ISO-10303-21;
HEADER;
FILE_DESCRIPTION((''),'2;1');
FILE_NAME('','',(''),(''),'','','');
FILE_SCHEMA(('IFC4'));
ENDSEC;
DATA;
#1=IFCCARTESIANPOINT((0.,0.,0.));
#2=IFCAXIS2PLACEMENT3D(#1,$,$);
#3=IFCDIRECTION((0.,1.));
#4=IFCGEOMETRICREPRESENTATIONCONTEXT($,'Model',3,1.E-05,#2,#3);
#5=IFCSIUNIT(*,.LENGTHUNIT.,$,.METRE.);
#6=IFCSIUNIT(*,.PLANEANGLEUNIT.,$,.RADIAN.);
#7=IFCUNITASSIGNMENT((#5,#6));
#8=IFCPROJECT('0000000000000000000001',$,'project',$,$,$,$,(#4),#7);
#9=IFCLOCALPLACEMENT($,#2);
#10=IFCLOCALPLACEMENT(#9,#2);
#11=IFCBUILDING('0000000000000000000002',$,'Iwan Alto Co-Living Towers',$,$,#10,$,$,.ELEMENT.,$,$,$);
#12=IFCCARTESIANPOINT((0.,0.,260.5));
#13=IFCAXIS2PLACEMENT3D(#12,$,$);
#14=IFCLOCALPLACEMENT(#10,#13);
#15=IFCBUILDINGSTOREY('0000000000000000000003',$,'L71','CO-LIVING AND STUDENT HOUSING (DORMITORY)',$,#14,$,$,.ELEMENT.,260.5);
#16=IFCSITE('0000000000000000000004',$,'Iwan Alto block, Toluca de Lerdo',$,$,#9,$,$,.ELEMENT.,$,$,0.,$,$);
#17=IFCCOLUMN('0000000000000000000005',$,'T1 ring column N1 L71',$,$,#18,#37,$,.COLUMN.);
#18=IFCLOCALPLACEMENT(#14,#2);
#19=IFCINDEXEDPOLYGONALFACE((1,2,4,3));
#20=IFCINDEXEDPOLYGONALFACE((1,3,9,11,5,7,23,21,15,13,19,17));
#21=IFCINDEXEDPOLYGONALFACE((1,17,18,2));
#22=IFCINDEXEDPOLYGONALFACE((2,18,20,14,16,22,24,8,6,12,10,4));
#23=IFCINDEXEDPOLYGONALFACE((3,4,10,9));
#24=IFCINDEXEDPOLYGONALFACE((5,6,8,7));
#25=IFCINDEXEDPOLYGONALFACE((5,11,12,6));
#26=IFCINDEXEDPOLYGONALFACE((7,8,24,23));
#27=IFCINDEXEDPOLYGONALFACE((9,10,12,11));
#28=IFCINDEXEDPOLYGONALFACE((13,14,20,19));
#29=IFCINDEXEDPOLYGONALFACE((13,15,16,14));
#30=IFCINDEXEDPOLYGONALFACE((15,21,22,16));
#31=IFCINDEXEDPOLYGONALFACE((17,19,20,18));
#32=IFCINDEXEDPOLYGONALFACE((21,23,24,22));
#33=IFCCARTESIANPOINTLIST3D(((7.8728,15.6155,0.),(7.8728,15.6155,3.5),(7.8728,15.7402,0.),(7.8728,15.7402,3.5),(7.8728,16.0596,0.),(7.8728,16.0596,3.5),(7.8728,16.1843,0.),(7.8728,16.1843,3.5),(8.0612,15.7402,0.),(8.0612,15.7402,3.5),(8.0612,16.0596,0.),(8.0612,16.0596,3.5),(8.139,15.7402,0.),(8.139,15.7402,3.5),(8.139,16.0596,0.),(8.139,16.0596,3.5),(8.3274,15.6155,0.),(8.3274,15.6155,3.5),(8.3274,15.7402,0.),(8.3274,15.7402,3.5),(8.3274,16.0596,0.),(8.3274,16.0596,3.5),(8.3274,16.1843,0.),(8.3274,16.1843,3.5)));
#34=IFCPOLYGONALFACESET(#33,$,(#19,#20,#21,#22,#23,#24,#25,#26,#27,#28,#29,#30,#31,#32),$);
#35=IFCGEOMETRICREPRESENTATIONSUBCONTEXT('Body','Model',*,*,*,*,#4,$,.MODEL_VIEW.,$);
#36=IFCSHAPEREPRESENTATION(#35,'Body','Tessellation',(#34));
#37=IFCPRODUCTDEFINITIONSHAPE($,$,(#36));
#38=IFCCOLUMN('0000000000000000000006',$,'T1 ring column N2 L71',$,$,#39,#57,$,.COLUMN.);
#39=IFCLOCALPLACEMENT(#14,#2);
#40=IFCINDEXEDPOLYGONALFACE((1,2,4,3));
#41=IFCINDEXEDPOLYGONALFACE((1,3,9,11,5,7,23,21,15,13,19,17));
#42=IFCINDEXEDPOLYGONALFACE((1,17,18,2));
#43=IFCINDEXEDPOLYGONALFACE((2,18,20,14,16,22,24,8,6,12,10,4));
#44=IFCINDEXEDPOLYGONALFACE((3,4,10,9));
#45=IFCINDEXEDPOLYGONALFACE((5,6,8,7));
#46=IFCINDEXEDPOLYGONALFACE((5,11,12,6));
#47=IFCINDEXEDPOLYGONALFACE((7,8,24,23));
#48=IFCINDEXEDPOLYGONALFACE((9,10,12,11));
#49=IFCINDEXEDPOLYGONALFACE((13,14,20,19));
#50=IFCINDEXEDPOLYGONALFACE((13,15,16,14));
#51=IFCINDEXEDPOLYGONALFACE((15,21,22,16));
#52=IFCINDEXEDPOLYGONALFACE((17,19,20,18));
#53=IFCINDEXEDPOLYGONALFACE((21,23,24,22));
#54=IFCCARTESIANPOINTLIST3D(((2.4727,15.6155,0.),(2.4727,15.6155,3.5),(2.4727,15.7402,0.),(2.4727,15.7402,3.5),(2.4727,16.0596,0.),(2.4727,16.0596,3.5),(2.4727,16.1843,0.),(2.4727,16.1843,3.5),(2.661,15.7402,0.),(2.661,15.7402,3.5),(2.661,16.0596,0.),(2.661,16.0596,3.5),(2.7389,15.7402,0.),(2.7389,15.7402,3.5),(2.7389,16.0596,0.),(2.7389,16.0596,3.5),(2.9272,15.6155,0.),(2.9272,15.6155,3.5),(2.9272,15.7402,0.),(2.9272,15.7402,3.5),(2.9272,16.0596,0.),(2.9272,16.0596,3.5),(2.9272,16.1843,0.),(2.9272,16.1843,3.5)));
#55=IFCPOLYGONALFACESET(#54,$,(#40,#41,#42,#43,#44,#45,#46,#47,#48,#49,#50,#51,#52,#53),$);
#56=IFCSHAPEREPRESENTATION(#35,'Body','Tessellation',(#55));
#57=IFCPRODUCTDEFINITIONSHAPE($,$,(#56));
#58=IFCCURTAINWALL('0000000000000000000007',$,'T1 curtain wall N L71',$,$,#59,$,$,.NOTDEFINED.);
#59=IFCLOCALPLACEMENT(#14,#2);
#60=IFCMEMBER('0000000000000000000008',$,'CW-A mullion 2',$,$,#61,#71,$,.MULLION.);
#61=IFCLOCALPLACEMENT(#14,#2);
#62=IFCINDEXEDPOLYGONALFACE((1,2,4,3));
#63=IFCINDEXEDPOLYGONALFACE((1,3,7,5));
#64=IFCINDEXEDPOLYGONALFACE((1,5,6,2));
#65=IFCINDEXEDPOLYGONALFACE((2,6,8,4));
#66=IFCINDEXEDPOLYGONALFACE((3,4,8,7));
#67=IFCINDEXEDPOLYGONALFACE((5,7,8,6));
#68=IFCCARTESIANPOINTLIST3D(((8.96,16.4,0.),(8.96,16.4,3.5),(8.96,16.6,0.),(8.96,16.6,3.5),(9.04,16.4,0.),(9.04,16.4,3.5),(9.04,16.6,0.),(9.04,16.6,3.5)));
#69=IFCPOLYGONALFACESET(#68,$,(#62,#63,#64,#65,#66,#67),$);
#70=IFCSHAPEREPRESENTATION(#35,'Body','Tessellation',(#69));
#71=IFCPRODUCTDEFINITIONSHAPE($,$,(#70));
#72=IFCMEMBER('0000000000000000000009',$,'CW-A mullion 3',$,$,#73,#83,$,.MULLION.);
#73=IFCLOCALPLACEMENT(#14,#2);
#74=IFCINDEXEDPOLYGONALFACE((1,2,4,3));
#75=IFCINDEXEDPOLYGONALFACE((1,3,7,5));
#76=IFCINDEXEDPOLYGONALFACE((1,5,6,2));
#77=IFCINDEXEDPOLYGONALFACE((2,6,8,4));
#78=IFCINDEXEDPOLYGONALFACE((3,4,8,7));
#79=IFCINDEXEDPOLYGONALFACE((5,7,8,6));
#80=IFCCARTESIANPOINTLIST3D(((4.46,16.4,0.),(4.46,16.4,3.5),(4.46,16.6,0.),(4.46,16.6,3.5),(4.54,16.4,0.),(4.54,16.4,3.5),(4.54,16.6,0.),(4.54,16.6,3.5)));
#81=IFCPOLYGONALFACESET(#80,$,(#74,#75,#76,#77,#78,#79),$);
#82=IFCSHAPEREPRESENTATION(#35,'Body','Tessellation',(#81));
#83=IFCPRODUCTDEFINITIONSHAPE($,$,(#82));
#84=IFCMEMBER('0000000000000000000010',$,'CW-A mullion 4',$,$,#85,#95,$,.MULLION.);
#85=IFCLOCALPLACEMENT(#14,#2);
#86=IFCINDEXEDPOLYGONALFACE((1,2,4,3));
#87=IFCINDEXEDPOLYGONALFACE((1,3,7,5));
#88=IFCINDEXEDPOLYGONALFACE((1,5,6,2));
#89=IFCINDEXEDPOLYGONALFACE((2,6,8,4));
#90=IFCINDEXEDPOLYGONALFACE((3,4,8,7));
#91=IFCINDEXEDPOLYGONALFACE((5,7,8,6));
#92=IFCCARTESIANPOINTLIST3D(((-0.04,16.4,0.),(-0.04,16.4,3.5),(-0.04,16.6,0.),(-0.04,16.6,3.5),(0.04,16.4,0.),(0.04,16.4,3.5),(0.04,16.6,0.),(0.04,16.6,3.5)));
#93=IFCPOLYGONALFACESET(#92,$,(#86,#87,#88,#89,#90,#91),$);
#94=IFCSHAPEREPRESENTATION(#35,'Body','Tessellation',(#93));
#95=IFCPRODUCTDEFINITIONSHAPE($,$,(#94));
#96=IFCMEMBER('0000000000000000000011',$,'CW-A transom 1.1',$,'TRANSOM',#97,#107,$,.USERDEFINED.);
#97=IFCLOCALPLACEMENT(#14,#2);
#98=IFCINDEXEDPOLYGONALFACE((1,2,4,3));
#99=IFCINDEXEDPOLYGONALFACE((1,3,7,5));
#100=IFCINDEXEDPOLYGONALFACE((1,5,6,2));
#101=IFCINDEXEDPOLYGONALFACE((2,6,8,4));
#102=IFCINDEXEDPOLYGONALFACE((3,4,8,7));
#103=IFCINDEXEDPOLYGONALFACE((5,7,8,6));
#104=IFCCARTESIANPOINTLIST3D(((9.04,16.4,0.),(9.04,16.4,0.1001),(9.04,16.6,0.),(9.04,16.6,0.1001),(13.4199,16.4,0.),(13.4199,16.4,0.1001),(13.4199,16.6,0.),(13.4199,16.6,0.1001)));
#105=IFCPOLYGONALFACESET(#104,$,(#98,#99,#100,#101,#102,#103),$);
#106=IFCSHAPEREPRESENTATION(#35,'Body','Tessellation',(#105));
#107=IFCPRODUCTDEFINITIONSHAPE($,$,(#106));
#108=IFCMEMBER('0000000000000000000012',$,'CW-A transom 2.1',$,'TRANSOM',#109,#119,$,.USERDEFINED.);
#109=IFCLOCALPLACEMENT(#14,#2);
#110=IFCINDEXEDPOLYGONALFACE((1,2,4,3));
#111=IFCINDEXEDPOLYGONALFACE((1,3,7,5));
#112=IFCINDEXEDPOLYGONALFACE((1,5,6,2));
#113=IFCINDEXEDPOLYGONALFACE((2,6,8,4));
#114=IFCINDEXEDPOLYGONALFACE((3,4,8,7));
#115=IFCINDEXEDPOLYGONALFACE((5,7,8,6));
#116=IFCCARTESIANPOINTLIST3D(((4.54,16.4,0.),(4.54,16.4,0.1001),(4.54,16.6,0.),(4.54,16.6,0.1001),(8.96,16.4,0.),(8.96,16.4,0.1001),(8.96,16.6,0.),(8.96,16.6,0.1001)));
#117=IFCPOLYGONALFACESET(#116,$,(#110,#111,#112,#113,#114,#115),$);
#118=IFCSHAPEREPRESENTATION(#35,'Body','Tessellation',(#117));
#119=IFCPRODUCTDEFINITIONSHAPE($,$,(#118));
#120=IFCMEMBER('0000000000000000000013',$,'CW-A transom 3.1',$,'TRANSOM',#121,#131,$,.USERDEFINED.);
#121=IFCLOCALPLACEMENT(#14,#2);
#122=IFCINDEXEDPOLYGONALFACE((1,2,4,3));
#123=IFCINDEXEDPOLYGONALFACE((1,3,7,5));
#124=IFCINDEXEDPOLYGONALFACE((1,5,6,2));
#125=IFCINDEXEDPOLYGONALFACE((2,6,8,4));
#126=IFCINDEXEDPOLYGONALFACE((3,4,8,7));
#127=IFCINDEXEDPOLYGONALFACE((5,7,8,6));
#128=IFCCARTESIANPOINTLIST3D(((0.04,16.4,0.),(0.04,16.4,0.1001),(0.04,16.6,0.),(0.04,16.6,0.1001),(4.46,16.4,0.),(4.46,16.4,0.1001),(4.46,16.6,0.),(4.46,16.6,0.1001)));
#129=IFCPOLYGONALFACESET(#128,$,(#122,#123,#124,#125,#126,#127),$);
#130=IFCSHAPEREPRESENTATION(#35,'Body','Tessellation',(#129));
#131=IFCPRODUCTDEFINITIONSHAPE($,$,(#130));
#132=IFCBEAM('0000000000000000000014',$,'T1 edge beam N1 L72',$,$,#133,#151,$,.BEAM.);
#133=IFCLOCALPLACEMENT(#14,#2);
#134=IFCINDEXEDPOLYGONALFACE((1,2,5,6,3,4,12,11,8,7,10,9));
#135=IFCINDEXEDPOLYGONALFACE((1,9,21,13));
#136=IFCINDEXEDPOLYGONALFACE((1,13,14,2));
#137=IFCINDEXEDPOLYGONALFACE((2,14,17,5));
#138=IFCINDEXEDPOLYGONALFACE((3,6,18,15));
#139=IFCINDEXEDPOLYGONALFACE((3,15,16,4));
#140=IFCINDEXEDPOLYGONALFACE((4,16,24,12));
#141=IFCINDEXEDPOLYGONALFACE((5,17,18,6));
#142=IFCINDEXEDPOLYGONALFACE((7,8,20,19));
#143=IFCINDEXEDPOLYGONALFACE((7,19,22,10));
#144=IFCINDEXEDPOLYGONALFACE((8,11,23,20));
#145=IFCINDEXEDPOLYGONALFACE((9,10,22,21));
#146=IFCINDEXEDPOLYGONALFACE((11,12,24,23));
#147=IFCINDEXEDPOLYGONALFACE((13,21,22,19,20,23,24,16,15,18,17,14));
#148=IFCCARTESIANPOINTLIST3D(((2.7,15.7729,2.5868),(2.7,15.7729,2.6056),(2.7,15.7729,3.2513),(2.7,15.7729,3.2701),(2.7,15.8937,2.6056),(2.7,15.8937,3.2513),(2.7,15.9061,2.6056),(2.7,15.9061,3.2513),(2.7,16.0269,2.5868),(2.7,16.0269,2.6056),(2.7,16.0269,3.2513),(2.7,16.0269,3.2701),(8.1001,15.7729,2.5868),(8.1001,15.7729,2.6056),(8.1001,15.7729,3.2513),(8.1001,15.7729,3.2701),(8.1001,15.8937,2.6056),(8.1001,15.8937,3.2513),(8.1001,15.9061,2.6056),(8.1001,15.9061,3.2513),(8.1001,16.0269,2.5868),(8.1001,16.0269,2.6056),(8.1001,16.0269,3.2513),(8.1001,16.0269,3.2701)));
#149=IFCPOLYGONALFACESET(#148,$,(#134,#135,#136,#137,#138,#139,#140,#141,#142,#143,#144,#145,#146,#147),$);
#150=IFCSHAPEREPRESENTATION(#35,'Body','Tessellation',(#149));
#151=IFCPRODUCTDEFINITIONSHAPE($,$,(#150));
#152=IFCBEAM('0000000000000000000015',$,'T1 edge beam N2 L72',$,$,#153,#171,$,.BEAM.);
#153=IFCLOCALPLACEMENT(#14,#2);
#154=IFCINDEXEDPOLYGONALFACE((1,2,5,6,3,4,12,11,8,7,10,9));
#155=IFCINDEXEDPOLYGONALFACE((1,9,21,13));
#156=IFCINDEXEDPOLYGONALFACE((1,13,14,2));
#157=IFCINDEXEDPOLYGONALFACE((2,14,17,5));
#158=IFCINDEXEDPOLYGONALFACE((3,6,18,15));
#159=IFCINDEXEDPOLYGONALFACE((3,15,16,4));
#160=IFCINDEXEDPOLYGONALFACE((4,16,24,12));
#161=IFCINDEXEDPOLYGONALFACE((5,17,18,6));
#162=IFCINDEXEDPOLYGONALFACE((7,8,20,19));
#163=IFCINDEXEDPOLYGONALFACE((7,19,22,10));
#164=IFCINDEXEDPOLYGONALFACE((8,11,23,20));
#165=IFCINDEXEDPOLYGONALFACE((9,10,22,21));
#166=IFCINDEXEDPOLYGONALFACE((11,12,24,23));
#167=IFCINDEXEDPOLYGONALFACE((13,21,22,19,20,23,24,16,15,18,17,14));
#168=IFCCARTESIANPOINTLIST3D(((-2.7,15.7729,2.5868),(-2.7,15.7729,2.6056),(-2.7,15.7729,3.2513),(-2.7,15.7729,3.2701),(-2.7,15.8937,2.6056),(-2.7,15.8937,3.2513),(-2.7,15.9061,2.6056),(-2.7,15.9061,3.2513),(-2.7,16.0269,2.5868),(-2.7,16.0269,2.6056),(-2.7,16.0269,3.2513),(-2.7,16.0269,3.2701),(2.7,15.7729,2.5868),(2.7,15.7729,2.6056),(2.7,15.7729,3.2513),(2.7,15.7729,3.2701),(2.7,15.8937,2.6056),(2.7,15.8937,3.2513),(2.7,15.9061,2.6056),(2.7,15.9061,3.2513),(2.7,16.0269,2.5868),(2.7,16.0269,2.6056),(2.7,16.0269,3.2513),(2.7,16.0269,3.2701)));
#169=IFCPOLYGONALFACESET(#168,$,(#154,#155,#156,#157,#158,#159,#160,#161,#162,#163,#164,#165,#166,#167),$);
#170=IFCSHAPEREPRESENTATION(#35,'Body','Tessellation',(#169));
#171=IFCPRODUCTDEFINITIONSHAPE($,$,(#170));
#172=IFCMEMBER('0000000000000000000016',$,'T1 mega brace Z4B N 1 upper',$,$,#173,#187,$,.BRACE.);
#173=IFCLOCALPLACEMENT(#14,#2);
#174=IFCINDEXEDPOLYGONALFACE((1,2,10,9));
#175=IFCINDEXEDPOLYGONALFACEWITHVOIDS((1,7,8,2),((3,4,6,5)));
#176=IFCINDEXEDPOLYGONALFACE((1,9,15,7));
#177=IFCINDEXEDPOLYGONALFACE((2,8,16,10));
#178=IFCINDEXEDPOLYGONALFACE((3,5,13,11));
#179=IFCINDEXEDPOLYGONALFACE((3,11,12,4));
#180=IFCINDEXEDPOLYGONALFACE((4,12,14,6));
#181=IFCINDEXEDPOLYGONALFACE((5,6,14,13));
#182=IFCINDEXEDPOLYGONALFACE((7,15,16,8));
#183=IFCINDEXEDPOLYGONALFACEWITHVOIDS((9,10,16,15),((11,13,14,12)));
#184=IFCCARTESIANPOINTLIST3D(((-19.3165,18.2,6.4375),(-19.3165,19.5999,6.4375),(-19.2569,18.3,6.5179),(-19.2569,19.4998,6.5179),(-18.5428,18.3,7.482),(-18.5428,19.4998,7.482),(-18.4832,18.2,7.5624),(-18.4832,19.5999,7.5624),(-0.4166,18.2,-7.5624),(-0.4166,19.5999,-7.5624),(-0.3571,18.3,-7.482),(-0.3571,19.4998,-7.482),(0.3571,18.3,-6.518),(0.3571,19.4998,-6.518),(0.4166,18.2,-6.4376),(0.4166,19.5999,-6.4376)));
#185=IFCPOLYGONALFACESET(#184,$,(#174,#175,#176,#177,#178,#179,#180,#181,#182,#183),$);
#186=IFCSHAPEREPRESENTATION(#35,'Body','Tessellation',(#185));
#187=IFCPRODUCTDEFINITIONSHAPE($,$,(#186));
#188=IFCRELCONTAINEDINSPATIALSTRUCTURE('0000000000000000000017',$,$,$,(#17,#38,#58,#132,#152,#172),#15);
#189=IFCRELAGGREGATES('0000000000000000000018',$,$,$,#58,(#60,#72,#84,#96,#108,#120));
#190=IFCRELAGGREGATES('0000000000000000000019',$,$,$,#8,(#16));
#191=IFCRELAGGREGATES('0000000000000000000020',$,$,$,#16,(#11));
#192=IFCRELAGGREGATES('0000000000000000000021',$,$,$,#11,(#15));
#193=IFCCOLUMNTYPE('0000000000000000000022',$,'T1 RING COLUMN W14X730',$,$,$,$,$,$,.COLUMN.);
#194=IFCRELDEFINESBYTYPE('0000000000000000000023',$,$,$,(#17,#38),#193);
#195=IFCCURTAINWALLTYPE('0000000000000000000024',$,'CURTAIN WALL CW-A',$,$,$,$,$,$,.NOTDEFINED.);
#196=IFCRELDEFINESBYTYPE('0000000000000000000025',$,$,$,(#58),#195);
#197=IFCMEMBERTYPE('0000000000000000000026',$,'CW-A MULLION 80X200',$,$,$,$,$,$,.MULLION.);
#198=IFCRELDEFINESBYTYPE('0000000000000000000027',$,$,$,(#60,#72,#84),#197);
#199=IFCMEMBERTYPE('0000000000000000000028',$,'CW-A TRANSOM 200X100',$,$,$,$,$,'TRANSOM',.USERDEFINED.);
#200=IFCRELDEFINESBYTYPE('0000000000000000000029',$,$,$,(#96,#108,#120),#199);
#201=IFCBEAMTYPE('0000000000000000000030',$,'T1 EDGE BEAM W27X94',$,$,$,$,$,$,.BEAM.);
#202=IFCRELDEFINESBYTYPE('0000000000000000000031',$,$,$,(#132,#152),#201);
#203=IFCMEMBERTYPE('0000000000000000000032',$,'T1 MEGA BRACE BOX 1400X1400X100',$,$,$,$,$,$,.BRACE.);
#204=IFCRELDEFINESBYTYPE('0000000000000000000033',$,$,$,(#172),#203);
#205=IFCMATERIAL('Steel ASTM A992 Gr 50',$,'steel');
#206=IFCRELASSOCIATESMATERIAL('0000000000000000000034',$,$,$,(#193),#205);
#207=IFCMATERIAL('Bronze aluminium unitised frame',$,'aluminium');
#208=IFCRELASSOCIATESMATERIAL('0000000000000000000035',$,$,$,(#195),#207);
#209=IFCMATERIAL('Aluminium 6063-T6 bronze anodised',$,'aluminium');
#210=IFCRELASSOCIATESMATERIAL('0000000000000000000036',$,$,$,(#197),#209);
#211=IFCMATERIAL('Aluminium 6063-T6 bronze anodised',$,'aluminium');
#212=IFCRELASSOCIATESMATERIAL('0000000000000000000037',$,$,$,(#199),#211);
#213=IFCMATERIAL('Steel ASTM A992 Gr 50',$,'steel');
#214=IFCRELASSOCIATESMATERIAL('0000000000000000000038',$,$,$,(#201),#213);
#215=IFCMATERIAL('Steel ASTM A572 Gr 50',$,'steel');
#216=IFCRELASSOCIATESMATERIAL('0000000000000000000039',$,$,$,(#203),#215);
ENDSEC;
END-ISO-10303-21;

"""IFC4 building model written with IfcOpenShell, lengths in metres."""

from ifc_helpers import new_model, si_unit, direction, frame, origin, origin_2d, place, context, subcontext, project, spatial, rectangle, hollow_rectangle, i_section, extrude, material, material_profile, profile_set, type_object, element, aggregate, save


model = new_model("IFC4")

# Units and contexts
model_context = context("Model", 3, precision=1e-05, world=origin(), true_north=direction((0.0, 1.0)))
body_context = subcontext(model_context, "Body", "Model", "MODEL_VIEW")
ifc_project = project(units=[si_unit("LENGTHUNIT", "METRE"), si_unit("PLANEANGLEUNIT", "RADIAN")], contexts=[model_context])

# Site, building, storey
site_placement = place(None, origin())
site = spatial("IfcSite", under=ifc_project, at=site_placement, Name="Iwan Alto block, Toluca de Lerdo", CompositionType="ELEMENT", RefElevation=0.0)
building_placement = place(site_placement, origin())
building = spatial("IfcBuilding", under=site, at=building_placement, Name="Iwan Alto Co-Living Towers", CompositionType="ELEMENT")
storey_placement = place(building_placement, frame((0.0, 0.0, 260.5)))
storey = spatial("IfcBuildingStorey", under=building, at=storey_placement, Name="L71", Description="CO-LIVING AND STUDENT HOUSING (DORMITORY)", CompositionType="ELEMENT", Elevation=260.5)

# Columns
ifc_material_1 = material(Name="Steel ASTM A992 Gr 50", Category="steel")
ifc_material_profile_1 = material_profile(ifc_material_1, i_section(OverallWidth=0.4546, OverallDepth=0.5688, WebThickness=0.0779, FlangeThickness=0.1248, at=origin_2d()), Name="W14X730")
ifc_profile_set_1 = profile_set([ifc_material_profile_1], Name="Steel ASTM A992 Gr 50")
column_type = type_object("IfcColumnType", Name="T1 RING COLUMN W14X730", PredefinedType="COLUMN", material=ifc_profile_set_1)
for number, where, z_axis, x_axis, name in (
    (1, (8.1001, 15.8999, 0.0), (0.0, 0.0, 1.0), (1.0, 0.0, 0.0), "T1 ring column N1 L71"),
    (2, (2.7, 15.8999, 0.0), (0.0, 0.0, 1.0), (1.0, 0.0, 0.0), "T1 ring column N2 L71"),
):
    element("IfcColumn", number, at=place(storey_placement, frame(where, z_axis=z_axis, x_axis=x_axis)), inside=storey, type_object=column_type, Name=name, PredefinedType="COLUMN", context=body_context, shape_type="SweptSolid", body=[
        extrude(i_section(OverallWidth=0.4546, OverallDepth=0.5688, WebThickness=0.0779, FlangeThickness=0.1248, at=origin_2d()), origin(), (0.0, 0.0, 1.0), 3.5),
    ])

# Curtain wall, members
ifc_material_2 = material(Name="Bronze aluminium unitised frame", Category="aluminium")
curtain_wall_type = type_object("IfcCurtainWallType", Name="CURTAIN WALL CW-A", PredefinedType="NOTDEFINED", material=ifc_material_2)
curtain_wall_placement = place(storey_placement, origin())
curtain_wall = element("IfcCurtainWall", 3, at=curtain_wall_placement, inside=storey, type_object=curtain_wall_type, Name="T1 curtain wall N L71", PredefinedType="NOTDEFINED")
ifc_material_3 = material(Name="Aluminium 6063-T6 bronze anodised", Category="aluminium")
ifc_material_profile_2 = material_profile(ifc_material_3, rectangle(XDim=0.2, YDim=0.0801, at=origin_2d()), Name="AL 80X200")
ifc_profile_set_2 = profile_set([ifc_material_profile_2], Name="Aluminium 6063-T6 bronze anodised")
member_type_1 = type_object("IfcMemberType", Name="CW-A MULLION 80X200", PredefinedType="MULLION", material=ifc_profile_set_2)
member_1_placement = place(storey_placement, frame((9.0, 16.5, 0.0), z_axis=(0.0, 0.0, 1.0), x_axis=(0.0, -1.0, 0.0)))
member_1 = element("IfcMember", 4, at=member_1_placement, type_object=member_type_1, Name="CW-A mullion 2", PredefinedType="MULLION", context=body_context, shape_type="SweptSolid", body=[
    extrude(rectangle(XDim=0.2, YDim=0.0801, at=origin_2d()), origin(), (0.0, 0.0, 1.0), 3.5),
])
member_2_placement = place(storey_placement, frame((4.5, 16.5, 0.0), z_axis=(0.0, 0.0, 1.0), x_axis=(0.0, -1.0, 0.0)))
member_2 = element("IfcMember", 5, at=member_2_placement, type_object=member_type_1, Name="CW-A mullion 3", PredefinedType="MULLION", context=body_context, shape_type="SweptSolid", body=[
    extrude(rectangle(XDim=0.2, YDim=0.0801, at=origin_2d()), origin(), (0.0, 0.0, 1.0), 3.5),
])
member_3_placement = place(storey_placement, frame((0.0, 16.5, 0.0), z_axis=(0.0, 0.0, 1.0), x_axis=(0.0, -1.0, 0.0)))
member_3 = element("IfcMember", 6, at=member_3_placement, type_object=member_type_1, Name="CW-A mullion 4", PredefinedType="MULLION", context=body_context, shape_type="SweptSolid", body=[
    extrude(rectangle(XDim=0.2, YDim=0.0801, at=origin_2d()), origin(), (0.0, 0.0, 1.0), 3.5),
])
ifc_material_4 = material(Name="Aluminium 6063-T6 bronze anodised", Category="aluminium")
ifc_material_profile_3 = material_profile(ifc_material_4, rectangle(XDim=0.2, YDim=0.1001, at=origin_2d()), Name="AL 200X100")
ifc_profile_set_3 = profile_set([ifc_material_profile_3], Name="Aluminium 6063-T6 bronze anodised")
member_type_2 = type_object("IfcMemberType", Name="CW-A TRANSOM 200X100", ElementType="TRANSOM", PredefinedType="USERDEFINED", material=ifc_profile_set_3)
member_4_placement = place(storey_placement, frame((13.4199, 16.5, 0.05), z_axis=(-1.0, 0.0, 0.0), x_axis=(0.0, -1.0, 0.0)))
member_4 = element("IfcMember", 7, at=member_4_placement, type_object=member_type_2, Name="CW-A transom 1.1", ObjectType="TRANSOM", PredefinedType="USERDEFINED", context=body_context, shape_type="SweptSolid", body=[
    extrude(rectangle(XDim=0.2, YDim=0.1001, at=origin_2d()), origin(), (0.0, 0.0, 1.0), 4.3799),
])
member_5_placement = place(storey_placement, frame((8.96, 16.5, 0.05), z_axis=(-1.0, 0.0, 0.0), x_axis=(0.0, -1.0, 0.0)))
member_5 = element("IfcMember", 8, at=member_5_placement, type_object=member_type_2, Name="CW-A transom 2.1", ObjectType="TRANSOM", PredefinedType="USERDEFINED", context=body_context, shape_type="SweptSolid", body=[
    extrude(rectangle(XDim=0.2, YDim=0.1001, at=origin_2d()), origin(), (0.0, 0.0, 1.0), 4.4199),
])
member_6_placement = place(storey_placement, frame((4.46, 16.5, 0.05), z_axis=(-1.0, 0.0, 0.0), x_axis=(0.0, -1.0, 0.0)))
member_6 = element("IfcMember", 9, at=member_6_placement, type_object=member_type_2, Name="CW-A transom 3.1", ObjectType="TRANSOM", PredefinedType="USERDEFINED", context=body_context, shape_type="SweptSolid", body=[
    extrude(rectangle(XDim=0.2, YDim=0.1001, at=origin_2d()), origin(), (0.0, 0.0, 1.0), 4.4199),
])

# Beams
ifc_material_5 = material(Name="Steel ASTM A992 Gr 50", Category="steel")
ifc_material_profile_4 = material_profile(ifc_material_5, i_section(OverallWidth=0.2539, OverallDepth=0.6833, WebThickness=0.0125, FlangeThickness=0.0188, at=origin_2d()), Name="W27X94")
ifc_profile_set_4 = profile_set([ifc_material_profile_4], Name="Steel ASTM A992 Gr 50")
beam_type_1 = type_object("IfcBeamType", Name="T1 EDGE BEAM W27X94", PredefinedType="BEAM", material=ifc_profile_set_4)
beam_1_placement = place(storey_placement, frame((8.1001, 15.8999, 2.9285), z_axis=(-1.0, 0.0, 0.0), x_axis=(0.0, -1.0, 0.0)))
element("IfcBeam", 10, at=beam_1_placement, inside=storey, type_object=beam_type_1, Name="T1 edge beam N1 L72", PredefinedType="BEAM", context=body_context, shape_type="SweptSolid", body=[
    extrude(i_section(OverallWidth=0.2539, OverallDepth=0.6833, WebThickness=0.0125, FlangeThickness=0.0188, at=origin_2d()), origin(), (0.0, 0.0, 1.0), 5.4001),
])
beam_2_placement = place(storey_placement, frame((2.7, 15.8999, 2.9285), z_axis=(-1.0, 0.0, 0.0), x_axis=(0.0, -1.0, 0.0)))
element("IfcBeam", 11, at=beam_2_placement, inside=storey, type_object=beam_type_1, Name="T1 edge beam N2 L72", PredefinedType="BEAM", context=body_context, shape_type="SweptSolid", body=[
    extrude(i_section(OverallWidth=0.2539, OverallDepth=0.6833, WebThickness=0.0125, FlangeThickness=0.0188, at=origin_2d()), origin(), (0.0, 0.0, 1.0), 5.3999),
])

# Member
ifc_material_6 = material(Name="Steel ASTM A572 Gr 50", Category="steel")
ifc_material_profile_5 = material_profile(ifc_material_6, hollow_rectangle(XDim=1.3999, YDim=1.3999, WallThickness=0.1001, at=origin_2d()), Name="BOX 1400X1400X100")
ifc_profile_set_5 = profile_set([ifc_material_profile_5], Name="Steel ASTM A572 Gr 50")
member_type_3 = type_object("IfcMemberType", Name="T1 MEGA BRACE BOX 1400X1400X100", PredefinedType="BRACE", material=ifc_profile_set_5)
for number, where, z_axis, x_axis, name in (
    (12, (0.0, 18.8999, -7.0), (-0.803556, 0.0, 0.59523), (0.0, -1.0, 0.0), "T1 mega brace Z4B N 1 upper"),
):
    element("IfcMember", number, at=place(storey_placement, frame(where, z_axis=z_axis, x_axis=x_axis)), inside=storey, type_object=member_type_3, Name=name, PredefinedType="BRACE", context=body_context, shape_type="SweptSolid", body=[
        extrude(hollow_rectangle(XDim=1.3999, YDim=1.3999, WallThickness=0.1001, at=origin_2d()), origin(), (0.0, 0.0, 1.0), 23.5203),
    ])

aggregate(curtain_wall, [member_1, member_2, member_3, member_4, member_5, member_6])

save(model, "model.ifc")
